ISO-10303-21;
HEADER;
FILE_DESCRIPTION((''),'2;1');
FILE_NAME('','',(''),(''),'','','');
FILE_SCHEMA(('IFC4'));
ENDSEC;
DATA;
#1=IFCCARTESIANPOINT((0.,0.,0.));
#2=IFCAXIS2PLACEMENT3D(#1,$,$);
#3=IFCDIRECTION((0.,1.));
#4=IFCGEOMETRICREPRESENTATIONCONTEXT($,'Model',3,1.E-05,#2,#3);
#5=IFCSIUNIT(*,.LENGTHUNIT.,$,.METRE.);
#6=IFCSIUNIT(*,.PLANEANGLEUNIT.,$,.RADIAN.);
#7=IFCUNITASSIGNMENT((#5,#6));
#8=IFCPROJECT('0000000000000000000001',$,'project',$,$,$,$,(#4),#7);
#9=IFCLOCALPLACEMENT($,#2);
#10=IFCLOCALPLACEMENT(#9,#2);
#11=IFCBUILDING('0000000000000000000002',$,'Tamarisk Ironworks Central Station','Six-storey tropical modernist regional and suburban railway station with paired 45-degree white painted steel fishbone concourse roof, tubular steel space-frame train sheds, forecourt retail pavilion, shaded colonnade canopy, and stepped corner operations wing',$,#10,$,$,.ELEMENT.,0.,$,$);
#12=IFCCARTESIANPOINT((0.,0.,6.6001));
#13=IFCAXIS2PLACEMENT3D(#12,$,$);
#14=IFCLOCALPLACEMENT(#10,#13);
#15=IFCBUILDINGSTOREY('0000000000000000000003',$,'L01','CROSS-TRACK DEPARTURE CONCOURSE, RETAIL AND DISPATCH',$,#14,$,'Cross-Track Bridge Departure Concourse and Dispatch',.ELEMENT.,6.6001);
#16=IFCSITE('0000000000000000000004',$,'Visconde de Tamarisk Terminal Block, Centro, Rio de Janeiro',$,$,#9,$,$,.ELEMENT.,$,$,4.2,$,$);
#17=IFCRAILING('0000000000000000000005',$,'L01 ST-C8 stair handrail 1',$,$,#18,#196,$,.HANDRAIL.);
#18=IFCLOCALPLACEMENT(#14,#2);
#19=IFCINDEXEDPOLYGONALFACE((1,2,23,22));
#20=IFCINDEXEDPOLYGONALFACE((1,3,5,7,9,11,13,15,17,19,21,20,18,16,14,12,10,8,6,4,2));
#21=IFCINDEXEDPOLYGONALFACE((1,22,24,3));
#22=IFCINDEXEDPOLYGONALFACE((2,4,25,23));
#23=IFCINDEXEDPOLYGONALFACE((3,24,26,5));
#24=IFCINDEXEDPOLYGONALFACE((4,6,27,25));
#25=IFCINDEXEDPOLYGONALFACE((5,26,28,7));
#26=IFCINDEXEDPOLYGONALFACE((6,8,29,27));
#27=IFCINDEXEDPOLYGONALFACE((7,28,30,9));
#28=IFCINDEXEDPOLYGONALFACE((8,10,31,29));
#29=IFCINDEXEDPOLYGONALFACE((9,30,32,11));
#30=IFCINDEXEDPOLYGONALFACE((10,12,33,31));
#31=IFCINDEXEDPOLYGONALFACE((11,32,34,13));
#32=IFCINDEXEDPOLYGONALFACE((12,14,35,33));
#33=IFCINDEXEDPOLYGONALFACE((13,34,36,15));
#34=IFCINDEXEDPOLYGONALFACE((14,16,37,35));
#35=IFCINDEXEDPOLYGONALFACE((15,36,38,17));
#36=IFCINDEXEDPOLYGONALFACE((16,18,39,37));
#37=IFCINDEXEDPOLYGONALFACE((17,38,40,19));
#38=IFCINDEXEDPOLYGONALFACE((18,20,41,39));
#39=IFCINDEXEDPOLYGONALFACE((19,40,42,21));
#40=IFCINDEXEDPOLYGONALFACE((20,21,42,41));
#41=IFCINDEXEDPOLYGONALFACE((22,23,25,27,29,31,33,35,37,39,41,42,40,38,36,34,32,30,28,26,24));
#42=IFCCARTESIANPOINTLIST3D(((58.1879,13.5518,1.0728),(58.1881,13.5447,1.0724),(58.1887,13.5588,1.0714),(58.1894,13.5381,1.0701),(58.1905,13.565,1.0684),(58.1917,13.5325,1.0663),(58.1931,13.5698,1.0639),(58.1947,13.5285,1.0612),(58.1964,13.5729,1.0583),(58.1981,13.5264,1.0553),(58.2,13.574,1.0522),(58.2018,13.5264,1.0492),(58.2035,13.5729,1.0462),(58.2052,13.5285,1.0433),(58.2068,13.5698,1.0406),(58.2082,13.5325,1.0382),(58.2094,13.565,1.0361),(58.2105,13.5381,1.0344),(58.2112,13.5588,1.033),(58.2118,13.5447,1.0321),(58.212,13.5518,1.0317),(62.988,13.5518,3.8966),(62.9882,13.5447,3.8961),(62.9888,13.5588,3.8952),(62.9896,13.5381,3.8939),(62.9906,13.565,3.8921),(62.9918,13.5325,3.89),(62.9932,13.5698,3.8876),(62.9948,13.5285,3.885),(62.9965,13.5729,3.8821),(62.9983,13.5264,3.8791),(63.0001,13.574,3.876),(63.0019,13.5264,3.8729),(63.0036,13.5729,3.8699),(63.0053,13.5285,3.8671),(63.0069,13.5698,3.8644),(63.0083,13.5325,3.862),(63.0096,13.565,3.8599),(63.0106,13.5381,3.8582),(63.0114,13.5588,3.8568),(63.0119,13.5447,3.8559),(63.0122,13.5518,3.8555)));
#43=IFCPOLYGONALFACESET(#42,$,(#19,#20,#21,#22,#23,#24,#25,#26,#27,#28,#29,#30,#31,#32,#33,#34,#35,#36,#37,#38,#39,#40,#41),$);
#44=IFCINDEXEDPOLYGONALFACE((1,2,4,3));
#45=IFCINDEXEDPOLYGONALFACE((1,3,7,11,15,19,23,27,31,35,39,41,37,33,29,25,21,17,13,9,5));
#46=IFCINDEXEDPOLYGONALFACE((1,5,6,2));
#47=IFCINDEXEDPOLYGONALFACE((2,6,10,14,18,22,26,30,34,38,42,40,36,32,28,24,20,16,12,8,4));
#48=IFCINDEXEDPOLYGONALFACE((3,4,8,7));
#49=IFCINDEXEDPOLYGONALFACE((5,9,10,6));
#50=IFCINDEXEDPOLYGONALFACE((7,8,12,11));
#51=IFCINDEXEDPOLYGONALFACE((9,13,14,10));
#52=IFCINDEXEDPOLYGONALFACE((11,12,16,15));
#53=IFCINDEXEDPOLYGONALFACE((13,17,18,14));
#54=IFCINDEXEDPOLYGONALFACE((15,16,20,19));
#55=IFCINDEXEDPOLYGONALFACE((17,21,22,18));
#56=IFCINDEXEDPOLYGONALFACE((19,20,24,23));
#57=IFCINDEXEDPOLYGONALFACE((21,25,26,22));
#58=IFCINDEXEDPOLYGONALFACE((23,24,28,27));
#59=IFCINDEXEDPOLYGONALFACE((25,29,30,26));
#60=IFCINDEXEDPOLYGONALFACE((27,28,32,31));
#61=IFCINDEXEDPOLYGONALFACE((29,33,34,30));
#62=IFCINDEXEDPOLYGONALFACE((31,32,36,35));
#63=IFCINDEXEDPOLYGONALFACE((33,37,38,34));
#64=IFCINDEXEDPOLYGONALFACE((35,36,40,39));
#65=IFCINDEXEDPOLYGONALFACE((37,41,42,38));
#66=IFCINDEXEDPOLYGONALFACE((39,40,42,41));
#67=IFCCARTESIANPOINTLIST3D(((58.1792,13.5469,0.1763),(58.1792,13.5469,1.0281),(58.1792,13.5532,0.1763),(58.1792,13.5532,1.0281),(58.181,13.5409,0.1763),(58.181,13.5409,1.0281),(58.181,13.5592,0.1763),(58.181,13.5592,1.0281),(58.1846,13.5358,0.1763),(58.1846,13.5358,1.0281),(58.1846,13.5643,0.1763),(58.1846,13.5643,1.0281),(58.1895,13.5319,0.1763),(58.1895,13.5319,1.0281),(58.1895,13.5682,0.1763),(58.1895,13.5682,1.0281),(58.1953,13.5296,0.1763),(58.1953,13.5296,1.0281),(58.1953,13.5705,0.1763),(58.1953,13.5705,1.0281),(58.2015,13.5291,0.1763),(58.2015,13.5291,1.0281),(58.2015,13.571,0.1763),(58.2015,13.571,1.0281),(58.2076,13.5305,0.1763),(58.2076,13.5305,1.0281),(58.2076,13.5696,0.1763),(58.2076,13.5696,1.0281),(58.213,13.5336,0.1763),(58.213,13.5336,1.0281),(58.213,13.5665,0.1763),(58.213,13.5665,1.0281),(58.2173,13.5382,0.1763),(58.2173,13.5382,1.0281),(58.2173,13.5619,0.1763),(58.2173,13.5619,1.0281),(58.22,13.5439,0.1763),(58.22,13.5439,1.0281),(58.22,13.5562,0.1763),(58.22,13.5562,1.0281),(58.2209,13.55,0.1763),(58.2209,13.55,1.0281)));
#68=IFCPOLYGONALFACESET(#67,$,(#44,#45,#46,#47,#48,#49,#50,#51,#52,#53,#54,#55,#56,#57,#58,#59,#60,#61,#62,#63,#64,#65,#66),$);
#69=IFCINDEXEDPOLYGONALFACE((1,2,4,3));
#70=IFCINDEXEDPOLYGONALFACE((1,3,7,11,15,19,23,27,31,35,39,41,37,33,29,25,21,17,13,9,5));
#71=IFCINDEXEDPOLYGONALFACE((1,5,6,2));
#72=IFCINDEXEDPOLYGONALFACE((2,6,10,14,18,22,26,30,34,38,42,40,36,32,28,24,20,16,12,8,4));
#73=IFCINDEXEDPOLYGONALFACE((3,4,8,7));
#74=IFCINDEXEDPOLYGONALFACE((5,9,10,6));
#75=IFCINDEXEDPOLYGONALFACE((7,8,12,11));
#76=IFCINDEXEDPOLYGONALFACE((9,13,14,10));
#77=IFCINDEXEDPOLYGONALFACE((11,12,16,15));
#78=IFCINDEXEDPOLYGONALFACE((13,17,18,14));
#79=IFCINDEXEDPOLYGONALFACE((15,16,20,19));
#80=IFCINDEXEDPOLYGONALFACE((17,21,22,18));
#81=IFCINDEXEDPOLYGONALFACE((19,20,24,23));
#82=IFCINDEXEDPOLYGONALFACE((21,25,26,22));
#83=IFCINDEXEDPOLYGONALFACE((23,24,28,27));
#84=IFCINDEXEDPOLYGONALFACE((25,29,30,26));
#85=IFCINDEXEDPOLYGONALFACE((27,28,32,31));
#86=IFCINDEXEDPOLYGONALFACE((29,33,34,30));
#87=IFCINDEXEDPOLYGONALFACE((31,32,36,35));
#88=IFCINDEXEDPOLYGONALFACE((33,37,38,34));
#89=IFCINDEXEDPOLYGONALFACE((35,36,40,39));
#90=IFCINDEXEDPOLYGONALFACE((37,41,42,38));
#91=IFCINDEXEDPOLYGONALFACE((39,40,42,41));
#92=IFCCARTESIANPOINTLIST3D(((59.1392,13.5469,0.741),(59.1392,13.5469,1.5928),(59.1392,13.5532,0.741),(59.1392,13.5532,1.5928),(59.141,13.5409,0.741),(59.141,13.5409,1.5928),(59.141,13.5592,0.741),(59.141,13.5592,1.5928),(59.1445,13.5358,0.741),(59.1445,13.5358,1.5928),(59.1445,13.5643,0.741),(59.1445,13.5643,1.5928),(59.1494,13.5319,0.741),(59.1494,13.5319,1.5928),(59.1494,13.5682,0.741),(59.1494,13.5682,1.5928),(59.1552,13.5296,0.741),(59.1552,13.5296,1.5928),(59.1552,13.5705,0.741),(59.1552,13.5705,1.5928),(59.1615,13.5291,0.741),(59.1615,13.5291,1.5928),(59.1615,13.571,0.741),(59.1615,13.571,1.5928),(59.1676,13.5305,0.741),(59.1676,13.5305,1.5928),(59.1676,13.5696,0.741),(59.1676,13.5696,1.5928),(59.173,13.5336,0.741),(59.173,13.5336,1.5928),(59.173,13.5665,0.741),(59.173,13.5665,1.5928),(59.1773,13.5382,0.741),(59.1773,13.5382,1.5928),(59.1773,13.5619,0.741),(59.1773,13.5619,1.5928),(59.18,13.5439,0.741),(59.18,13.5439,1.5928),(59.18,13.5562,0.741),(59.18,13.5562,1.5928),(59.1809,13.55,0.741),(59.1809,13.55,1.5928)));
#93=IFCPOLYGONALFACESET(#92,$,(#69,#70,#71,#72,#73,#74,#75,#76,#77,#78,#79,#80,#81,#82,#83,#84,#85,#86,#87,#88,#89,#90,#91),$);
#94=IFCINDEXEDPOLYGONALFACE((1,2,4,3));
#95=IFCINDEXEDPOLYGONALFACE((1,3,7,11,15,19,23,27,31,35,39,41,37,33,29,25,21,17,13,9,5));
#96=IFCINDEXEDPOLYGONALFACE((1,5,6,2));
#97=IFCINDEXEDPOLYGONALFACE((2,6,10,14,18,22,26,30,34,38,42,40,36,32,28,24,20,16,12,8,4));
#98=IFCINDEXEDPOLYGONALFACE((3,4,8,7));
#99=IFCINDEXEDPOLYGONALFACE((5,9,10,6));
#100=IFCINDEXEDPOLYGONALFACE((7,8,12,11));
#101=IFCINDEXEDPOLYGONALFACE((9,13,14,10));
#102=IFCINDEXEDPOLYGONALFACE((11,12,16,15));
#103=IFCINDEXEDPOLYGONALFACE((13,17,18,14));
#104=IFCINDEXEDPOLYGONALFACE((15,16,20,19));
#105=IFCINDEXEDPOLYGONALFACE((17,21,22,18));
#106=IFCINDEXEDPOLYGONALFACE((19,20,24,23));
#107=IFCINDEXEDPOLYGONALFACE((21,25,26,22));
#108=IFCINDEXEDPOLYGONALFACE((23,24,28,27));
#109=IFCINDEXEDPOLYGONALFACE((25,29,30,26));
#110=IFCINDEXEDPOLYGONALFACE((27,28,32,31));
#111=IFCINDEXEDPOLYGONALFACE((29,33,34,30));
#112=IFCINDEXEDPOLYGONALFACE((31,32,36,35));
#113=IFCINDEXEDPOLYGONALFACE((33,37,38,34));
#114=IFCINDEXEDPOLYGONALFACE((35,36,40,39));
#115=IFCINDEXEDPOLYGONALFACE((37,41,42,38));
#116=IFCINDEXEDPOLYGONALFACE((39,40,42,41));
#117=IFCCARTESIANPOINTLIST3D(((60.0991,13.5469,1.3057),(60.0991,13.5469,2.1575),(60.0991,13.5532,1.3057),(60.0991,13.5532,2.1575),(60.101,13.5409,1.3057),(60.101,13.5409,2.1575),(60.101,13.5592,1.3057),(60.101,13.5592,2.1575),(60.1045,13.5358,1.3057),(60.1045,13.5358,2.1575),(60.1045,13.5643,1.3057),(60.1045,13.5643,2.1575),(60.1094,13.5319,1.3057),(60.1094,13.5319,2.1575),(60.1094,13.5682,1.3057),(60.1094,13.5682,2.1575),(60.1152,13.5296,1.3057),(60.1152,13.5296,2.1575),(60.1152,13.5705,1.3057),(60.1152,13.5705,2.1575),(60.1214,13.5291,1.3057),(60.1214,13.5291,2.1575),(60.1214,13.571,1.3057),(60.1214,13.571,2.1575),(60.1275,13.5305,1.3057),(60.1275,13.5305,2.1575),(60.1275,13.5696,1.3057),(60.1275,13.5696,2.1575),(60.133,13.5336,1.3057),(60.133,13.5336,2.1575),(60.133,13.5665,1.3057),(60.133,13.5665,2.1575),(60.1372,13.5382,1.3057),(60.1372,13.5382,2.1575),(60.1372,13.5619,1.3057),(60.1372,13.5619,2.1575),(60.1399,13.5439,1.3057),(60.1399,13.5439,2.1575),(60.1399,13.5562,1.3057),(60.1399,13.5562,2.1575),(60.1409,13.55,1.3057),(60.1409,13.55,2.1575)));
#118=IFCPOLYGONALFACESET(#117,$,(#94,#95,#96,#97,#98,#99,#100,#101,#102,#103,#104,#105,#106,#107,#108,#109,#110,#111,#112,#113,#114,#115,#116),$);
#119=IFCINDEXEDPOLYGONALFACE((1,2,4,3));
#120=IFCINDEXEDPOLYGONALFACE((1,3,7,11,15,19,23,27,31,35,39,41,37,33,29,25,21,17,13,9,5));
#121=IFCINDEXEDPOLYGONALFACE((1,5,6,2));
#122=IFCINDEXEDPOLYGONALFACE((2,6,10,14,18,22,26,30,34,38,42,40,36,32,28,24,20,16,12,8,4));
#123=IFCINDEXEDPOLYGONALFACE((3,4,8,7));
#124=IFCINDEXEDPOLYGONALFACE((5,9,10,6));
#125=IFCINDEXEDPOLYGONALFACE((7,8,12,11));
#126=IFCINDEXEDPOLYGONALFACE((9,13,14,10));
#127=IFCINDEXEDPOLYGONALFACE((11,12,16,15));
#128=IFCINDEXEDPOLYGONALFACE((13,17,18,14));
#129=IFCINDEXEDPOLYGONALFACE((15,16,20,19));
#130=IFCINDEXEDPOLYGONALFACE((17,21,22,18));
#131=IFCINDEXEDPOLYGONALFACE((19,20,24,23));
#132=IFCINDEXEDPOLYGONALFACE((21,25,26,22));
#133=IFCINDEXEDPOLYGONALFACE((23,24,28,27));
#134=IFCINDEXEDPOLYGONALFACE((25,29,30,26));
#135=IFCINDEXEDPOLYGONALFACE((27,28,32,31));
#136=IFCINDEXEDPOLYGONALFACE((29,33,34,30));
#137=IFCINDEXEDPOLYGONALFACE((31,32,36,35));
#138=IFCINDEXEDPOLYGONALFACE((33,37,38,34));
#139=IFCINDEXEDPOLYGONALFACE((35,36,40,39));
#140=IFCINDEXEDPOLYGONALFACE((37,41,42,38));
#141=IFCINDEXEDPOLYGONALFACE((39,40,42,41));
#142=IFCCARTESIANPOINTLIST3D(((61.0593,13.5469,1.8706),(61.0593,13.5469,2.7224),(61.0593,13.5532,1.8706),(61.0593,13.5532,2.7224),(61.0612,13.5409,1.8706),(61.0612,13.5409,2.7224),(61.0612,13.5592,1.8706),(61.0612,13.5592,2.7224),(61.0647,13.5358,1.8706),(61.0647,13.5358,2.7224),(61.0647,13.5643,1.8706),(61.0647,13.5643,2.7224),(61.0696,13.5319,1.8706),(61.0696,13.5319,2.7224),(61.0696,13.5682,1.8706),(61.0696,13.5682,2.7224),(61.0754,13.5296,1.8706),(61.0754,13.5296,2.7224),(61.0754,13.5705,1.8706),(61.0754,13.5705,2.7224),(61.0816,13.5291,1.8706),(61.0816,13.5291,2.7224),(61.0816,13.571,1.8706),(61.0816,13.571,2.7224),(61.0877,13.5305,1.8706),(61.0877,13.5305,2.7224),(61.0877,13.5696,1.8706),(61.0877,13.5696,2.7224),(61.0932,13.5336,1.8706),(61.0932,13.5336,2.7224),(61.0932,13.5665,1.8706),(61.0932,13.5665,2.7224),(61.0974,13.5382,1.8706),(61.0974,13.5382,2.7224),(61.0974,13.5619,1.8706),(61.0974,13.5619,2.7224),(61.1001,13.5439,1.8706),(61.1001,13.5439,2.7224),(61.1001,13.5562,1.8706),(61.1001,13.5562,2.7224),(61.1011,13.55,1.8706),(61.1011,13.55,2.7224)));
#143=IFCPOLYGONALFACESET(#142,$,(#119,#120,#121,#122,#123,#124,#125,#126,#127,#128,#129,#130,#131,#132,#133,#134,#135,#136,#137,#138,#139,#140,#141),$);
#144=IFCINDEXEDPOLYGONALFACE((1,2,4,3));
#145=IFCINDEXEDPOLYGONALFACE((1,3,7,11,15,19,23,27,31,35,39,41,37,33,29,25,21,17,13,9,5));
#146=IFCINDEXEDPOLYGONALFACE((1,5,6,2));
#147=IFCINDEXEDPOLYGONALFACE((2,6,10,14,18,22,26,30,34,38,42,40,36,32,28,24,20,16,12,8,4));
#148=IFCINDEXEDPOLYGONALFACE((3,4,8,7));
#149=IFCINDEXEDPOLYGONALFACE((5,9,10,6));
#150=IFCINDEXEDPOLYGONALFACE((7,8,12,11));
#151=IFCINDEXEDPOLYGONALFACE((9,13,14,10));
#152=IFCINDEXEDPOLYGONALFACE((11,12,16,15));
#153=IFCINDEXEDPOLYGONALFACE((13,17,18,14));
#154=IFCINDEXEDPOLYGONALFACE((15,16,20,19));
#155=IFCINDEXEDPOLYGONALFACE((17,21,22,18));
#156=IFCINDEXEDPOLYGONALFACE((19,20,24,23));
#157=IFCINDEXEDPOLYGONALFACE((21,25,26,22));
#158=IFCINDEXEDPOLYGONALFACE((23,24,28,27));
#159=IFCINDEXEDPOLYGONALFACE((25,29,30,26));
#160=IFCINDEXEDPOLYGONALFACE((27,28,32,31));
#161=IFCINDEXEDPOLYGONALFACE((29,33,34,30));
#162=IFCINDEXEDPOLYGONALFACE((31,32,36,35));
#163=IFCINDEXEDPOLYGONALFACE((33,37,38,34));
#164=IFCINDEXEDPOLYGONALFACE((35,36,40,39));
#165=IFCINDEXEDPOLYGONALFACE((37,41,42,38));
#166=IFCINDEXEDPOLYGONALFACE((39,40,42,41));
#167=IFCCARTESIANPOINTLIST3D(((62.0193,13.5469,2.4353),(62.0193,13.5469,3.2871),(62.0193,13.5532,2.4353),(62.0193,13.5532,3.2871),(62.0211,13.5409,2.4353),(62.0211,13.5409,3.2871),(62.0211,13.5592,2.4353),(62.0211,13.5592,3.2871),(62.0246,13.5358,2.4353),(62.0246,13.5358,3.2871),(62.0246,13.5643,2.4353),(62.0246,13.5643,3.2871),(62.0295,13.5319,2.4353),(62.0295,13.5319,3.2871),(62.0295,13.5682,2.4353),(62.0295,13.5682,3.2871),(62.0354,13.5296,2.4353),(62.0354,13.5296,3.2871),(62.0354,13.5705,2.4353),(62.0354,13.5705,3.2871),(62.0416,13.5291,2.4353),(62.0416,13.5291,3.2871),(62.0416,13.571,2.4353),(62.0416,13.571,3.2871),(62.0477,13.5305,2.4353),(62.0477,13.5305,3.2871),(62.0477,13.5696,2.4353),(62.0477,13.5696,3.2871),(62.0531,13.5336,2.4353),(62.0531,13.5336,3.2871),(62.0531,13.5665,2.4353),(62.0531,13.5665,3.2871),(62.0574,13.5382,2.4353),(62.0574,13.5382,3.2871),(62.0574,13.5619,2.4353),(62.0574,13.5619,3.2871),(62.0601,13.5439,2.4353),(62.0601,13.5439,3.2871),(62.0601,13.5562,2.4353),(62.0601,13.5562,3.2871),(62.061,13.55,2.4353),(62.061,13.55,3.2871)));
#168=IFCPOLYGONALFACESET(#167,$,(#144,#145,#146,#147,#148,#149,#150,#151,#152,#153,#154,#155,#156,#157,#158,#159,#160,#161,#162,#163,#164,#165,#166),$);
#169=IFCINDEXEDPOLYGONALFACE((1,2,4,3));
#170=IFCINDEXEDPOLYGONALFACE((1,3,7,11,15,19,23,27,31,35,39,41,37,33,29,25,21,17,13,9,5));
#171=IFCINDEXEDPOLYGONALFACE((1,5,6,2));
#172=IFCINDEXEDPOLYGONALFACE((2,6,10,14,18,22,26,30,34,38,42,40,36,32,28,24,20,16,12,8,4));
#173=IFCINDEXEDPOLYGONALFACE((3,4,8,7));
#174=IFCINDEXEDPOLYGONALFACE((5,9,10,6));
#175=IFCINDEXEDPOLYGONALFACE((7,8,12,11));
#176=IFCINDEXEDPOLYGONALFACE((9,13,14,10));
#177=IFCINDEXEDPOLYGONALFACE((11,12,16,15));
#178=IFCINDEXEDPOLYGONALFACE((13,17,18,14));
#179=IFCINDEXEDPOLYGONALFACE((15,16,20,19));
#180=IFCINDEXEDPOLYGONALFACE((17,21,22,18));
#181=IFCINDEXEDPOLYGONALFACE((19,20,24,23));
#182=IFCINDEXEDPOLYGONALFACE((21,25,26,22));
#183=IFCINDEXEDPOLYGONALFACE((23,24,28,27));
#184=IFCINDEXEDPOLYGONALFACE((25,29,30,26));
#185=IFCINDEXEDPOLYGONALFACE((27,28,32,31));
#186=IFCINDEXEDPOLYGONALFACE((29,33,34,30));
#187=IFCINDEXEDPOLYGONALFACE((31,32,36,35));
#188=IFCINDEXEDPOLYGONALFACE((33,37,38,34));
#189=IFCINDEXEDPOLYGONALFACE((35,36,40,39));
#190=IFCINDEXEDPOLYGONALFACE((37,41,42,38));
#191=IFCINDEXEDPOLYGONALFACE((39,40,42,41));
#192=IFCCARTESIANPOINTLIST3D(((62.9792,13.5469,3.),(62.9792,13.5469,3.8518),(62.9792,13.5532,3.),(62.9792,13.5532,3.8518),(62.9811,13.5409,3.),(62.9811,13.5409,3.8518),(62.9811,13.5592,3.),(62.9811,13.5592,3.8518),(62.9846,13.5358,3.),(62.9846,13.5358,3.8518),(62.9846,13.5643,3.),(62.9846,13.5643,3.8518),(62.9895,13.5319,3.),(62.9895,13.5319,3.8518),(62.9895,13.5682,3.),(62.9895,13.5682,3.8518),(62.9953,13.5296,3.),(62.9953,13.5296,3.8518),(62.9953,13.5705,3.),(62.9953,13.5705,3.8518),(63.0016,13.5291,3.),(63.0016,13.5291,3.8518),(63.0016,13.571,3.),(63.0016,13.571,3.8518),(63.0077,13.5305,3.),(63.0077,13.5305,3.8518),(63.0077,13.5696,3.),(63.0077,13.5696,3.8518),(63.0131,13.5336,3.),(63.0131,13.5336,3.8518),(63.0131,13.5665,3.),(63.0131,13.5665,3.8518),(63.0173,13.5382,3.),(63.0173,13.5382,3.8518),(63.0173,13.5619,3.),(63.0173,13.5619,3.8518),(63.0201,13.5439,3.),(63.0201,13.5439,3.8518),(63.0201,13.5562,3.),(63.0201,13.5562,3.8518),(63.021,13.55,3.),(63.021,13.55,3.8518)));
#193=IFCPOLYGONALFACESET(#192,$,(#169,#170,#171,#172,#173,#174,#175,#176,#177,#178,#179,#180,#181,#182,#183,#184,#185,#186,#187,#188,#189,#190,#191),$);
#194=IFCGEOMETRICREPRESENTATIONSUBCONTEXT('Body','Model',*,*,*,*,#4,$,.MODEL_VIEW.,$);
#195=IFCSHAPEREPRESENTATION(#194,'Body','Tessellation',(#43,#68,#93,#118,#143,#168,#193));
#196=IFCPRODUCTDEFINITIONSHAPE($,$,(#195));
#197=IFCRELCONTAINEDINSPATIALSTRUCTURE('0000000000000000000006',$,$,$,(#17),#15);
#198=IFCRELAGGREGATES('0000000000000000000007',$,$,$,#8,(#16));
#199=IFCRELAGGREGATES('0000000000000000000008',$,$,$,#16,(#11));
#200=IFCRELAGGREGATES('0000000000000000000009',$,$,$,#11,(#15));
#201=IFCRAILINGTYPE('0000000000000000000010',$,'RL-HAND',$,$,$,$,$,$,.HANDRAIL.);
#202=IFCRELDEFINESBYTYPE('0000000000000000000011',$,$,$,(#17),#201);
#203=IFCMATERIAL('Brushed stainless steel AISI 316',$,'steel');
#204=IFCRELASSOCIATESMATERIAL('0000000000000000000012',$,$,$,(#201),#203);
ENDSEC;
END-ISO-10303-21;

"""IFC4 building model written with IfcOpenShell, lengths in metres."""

from ifc_helpers import new_model, si_unit, direction, frame, origin, origin_2d, place, context, subcontext, project, spatial, circle, extrude, material, type_object, element, save


model = new_model("IFC4")

# Units and contexts
model_context = context("Model", 3, precision=1e-05, world=origin(), true_north=direction((0.0, 1.0)))
body_context = subcontext(model_context, "Body", "Model", "MODEL_VIEW")
ifc_project = project(units=[si_unit("LENGTHUNIT", "METRE"), si_unit("PLANEANGLEUNIT", "RADIAN")], contexts=[model_context])

# Site, building, storey
site_placement = place(None, origin())
site = spatial("IfcSite", under=ifc_project, at=site_placement, Name="Visconde de Tamarisk Terminal Block, Centro, Rio de Janeiro", CompositionType="ELEMENT", RefElevation=4.2)
building_placement = place(site_placement, origin())
building = spatial("IfcBuilding", under=site, at=building_placement, Name="Tamarisk Ironworks Central Station", Description="Six-storey tropical modernist regional and suburban railway station with paired 45-degree white painted steel fishbone concourse roof, tubular steel space-frame train sheds, forecourt retail pavilion, shaded colonnade canopy, and stepped corner operations wing", CompositionType="ELEMENT", ElevationOfRefHeight=0.0)
storey_placement = place(building_placement, frame((0.0, 0.0, 6.6001)))
storey = spatial("IfcBuildingStorey", under=building, at=storey_placement, Name="L01", Description="CROSS-TRACK DEPARTURE CONCOURSE, RETAIL AND DISPATCH", LongName="Cross-Track Bridge Departure Concourse and Dispatch", CompositionType="ELEMENT", Elevation=6.6001)

# Railing
ifc_material_1 = material(Name="Brushed stainless steel AISI 316", Category="steel")
railing_type_1 = type_object("IfcRailingType", Name="RL-HAND", PredefinedType="HANDRAIL", material=ifc_material_1)
railing_1_placement = place(storey_placement, frame((58.2, 13.55, 0.1763)))
element("IfcRailing", 1, at=railing_1_placement, inside=storey, type_object=railing_type_1, Name="L01 ST-C8 stair handrail 1", PredefinedType="HANDRAIL", context=body_context, shape_type="SweptSolid", body=[
    extrude(circle(Radius=0.0239, at=origin_2d()), frame((0.0, 0.0, 0.876), z_axis=(0.861921, 0.0, 0.507043), x_axis=(0.0, 1.0, 0.0)), (0.0, 0.0, 1.0), 5.5691),
    extrude(circle(Radius=0.021, at=origin_2d()), origin(), (0.0, 0.0, 1.0), 0.8518),
    extrude(circle(Radius=0.021, at=origin_2d()), frame((0.96, 0.0, 0.5647)), (0.0, 0.0, 1.0), 0.8518),
    extrude(circle(Radius=0.021, at=origin_2d()), frame((1.9199, 0.0, 1.1294)), (0.0, 0.0, 1.0), 0.8518),
    extrude(circle(Radius=0.021, at=origin_2d()), frame((2.8801, 0.0, 1.6943)), (0.0, 0.0, 1.0), 0.8518),
    extrude(circle(Radius=0.021, at=origin_2d()), frame((3.8401, 0.0, 2.259)), (0.0, 0.0, 1.0), 0.8518),
    extrude(circle(Radius=0.021, at=origin_2d()), frame((4.8, 0.0, 2.8237)), (0.0, 0.0, 1.0), 0.8518),
])

save(model, "model.ifc")
